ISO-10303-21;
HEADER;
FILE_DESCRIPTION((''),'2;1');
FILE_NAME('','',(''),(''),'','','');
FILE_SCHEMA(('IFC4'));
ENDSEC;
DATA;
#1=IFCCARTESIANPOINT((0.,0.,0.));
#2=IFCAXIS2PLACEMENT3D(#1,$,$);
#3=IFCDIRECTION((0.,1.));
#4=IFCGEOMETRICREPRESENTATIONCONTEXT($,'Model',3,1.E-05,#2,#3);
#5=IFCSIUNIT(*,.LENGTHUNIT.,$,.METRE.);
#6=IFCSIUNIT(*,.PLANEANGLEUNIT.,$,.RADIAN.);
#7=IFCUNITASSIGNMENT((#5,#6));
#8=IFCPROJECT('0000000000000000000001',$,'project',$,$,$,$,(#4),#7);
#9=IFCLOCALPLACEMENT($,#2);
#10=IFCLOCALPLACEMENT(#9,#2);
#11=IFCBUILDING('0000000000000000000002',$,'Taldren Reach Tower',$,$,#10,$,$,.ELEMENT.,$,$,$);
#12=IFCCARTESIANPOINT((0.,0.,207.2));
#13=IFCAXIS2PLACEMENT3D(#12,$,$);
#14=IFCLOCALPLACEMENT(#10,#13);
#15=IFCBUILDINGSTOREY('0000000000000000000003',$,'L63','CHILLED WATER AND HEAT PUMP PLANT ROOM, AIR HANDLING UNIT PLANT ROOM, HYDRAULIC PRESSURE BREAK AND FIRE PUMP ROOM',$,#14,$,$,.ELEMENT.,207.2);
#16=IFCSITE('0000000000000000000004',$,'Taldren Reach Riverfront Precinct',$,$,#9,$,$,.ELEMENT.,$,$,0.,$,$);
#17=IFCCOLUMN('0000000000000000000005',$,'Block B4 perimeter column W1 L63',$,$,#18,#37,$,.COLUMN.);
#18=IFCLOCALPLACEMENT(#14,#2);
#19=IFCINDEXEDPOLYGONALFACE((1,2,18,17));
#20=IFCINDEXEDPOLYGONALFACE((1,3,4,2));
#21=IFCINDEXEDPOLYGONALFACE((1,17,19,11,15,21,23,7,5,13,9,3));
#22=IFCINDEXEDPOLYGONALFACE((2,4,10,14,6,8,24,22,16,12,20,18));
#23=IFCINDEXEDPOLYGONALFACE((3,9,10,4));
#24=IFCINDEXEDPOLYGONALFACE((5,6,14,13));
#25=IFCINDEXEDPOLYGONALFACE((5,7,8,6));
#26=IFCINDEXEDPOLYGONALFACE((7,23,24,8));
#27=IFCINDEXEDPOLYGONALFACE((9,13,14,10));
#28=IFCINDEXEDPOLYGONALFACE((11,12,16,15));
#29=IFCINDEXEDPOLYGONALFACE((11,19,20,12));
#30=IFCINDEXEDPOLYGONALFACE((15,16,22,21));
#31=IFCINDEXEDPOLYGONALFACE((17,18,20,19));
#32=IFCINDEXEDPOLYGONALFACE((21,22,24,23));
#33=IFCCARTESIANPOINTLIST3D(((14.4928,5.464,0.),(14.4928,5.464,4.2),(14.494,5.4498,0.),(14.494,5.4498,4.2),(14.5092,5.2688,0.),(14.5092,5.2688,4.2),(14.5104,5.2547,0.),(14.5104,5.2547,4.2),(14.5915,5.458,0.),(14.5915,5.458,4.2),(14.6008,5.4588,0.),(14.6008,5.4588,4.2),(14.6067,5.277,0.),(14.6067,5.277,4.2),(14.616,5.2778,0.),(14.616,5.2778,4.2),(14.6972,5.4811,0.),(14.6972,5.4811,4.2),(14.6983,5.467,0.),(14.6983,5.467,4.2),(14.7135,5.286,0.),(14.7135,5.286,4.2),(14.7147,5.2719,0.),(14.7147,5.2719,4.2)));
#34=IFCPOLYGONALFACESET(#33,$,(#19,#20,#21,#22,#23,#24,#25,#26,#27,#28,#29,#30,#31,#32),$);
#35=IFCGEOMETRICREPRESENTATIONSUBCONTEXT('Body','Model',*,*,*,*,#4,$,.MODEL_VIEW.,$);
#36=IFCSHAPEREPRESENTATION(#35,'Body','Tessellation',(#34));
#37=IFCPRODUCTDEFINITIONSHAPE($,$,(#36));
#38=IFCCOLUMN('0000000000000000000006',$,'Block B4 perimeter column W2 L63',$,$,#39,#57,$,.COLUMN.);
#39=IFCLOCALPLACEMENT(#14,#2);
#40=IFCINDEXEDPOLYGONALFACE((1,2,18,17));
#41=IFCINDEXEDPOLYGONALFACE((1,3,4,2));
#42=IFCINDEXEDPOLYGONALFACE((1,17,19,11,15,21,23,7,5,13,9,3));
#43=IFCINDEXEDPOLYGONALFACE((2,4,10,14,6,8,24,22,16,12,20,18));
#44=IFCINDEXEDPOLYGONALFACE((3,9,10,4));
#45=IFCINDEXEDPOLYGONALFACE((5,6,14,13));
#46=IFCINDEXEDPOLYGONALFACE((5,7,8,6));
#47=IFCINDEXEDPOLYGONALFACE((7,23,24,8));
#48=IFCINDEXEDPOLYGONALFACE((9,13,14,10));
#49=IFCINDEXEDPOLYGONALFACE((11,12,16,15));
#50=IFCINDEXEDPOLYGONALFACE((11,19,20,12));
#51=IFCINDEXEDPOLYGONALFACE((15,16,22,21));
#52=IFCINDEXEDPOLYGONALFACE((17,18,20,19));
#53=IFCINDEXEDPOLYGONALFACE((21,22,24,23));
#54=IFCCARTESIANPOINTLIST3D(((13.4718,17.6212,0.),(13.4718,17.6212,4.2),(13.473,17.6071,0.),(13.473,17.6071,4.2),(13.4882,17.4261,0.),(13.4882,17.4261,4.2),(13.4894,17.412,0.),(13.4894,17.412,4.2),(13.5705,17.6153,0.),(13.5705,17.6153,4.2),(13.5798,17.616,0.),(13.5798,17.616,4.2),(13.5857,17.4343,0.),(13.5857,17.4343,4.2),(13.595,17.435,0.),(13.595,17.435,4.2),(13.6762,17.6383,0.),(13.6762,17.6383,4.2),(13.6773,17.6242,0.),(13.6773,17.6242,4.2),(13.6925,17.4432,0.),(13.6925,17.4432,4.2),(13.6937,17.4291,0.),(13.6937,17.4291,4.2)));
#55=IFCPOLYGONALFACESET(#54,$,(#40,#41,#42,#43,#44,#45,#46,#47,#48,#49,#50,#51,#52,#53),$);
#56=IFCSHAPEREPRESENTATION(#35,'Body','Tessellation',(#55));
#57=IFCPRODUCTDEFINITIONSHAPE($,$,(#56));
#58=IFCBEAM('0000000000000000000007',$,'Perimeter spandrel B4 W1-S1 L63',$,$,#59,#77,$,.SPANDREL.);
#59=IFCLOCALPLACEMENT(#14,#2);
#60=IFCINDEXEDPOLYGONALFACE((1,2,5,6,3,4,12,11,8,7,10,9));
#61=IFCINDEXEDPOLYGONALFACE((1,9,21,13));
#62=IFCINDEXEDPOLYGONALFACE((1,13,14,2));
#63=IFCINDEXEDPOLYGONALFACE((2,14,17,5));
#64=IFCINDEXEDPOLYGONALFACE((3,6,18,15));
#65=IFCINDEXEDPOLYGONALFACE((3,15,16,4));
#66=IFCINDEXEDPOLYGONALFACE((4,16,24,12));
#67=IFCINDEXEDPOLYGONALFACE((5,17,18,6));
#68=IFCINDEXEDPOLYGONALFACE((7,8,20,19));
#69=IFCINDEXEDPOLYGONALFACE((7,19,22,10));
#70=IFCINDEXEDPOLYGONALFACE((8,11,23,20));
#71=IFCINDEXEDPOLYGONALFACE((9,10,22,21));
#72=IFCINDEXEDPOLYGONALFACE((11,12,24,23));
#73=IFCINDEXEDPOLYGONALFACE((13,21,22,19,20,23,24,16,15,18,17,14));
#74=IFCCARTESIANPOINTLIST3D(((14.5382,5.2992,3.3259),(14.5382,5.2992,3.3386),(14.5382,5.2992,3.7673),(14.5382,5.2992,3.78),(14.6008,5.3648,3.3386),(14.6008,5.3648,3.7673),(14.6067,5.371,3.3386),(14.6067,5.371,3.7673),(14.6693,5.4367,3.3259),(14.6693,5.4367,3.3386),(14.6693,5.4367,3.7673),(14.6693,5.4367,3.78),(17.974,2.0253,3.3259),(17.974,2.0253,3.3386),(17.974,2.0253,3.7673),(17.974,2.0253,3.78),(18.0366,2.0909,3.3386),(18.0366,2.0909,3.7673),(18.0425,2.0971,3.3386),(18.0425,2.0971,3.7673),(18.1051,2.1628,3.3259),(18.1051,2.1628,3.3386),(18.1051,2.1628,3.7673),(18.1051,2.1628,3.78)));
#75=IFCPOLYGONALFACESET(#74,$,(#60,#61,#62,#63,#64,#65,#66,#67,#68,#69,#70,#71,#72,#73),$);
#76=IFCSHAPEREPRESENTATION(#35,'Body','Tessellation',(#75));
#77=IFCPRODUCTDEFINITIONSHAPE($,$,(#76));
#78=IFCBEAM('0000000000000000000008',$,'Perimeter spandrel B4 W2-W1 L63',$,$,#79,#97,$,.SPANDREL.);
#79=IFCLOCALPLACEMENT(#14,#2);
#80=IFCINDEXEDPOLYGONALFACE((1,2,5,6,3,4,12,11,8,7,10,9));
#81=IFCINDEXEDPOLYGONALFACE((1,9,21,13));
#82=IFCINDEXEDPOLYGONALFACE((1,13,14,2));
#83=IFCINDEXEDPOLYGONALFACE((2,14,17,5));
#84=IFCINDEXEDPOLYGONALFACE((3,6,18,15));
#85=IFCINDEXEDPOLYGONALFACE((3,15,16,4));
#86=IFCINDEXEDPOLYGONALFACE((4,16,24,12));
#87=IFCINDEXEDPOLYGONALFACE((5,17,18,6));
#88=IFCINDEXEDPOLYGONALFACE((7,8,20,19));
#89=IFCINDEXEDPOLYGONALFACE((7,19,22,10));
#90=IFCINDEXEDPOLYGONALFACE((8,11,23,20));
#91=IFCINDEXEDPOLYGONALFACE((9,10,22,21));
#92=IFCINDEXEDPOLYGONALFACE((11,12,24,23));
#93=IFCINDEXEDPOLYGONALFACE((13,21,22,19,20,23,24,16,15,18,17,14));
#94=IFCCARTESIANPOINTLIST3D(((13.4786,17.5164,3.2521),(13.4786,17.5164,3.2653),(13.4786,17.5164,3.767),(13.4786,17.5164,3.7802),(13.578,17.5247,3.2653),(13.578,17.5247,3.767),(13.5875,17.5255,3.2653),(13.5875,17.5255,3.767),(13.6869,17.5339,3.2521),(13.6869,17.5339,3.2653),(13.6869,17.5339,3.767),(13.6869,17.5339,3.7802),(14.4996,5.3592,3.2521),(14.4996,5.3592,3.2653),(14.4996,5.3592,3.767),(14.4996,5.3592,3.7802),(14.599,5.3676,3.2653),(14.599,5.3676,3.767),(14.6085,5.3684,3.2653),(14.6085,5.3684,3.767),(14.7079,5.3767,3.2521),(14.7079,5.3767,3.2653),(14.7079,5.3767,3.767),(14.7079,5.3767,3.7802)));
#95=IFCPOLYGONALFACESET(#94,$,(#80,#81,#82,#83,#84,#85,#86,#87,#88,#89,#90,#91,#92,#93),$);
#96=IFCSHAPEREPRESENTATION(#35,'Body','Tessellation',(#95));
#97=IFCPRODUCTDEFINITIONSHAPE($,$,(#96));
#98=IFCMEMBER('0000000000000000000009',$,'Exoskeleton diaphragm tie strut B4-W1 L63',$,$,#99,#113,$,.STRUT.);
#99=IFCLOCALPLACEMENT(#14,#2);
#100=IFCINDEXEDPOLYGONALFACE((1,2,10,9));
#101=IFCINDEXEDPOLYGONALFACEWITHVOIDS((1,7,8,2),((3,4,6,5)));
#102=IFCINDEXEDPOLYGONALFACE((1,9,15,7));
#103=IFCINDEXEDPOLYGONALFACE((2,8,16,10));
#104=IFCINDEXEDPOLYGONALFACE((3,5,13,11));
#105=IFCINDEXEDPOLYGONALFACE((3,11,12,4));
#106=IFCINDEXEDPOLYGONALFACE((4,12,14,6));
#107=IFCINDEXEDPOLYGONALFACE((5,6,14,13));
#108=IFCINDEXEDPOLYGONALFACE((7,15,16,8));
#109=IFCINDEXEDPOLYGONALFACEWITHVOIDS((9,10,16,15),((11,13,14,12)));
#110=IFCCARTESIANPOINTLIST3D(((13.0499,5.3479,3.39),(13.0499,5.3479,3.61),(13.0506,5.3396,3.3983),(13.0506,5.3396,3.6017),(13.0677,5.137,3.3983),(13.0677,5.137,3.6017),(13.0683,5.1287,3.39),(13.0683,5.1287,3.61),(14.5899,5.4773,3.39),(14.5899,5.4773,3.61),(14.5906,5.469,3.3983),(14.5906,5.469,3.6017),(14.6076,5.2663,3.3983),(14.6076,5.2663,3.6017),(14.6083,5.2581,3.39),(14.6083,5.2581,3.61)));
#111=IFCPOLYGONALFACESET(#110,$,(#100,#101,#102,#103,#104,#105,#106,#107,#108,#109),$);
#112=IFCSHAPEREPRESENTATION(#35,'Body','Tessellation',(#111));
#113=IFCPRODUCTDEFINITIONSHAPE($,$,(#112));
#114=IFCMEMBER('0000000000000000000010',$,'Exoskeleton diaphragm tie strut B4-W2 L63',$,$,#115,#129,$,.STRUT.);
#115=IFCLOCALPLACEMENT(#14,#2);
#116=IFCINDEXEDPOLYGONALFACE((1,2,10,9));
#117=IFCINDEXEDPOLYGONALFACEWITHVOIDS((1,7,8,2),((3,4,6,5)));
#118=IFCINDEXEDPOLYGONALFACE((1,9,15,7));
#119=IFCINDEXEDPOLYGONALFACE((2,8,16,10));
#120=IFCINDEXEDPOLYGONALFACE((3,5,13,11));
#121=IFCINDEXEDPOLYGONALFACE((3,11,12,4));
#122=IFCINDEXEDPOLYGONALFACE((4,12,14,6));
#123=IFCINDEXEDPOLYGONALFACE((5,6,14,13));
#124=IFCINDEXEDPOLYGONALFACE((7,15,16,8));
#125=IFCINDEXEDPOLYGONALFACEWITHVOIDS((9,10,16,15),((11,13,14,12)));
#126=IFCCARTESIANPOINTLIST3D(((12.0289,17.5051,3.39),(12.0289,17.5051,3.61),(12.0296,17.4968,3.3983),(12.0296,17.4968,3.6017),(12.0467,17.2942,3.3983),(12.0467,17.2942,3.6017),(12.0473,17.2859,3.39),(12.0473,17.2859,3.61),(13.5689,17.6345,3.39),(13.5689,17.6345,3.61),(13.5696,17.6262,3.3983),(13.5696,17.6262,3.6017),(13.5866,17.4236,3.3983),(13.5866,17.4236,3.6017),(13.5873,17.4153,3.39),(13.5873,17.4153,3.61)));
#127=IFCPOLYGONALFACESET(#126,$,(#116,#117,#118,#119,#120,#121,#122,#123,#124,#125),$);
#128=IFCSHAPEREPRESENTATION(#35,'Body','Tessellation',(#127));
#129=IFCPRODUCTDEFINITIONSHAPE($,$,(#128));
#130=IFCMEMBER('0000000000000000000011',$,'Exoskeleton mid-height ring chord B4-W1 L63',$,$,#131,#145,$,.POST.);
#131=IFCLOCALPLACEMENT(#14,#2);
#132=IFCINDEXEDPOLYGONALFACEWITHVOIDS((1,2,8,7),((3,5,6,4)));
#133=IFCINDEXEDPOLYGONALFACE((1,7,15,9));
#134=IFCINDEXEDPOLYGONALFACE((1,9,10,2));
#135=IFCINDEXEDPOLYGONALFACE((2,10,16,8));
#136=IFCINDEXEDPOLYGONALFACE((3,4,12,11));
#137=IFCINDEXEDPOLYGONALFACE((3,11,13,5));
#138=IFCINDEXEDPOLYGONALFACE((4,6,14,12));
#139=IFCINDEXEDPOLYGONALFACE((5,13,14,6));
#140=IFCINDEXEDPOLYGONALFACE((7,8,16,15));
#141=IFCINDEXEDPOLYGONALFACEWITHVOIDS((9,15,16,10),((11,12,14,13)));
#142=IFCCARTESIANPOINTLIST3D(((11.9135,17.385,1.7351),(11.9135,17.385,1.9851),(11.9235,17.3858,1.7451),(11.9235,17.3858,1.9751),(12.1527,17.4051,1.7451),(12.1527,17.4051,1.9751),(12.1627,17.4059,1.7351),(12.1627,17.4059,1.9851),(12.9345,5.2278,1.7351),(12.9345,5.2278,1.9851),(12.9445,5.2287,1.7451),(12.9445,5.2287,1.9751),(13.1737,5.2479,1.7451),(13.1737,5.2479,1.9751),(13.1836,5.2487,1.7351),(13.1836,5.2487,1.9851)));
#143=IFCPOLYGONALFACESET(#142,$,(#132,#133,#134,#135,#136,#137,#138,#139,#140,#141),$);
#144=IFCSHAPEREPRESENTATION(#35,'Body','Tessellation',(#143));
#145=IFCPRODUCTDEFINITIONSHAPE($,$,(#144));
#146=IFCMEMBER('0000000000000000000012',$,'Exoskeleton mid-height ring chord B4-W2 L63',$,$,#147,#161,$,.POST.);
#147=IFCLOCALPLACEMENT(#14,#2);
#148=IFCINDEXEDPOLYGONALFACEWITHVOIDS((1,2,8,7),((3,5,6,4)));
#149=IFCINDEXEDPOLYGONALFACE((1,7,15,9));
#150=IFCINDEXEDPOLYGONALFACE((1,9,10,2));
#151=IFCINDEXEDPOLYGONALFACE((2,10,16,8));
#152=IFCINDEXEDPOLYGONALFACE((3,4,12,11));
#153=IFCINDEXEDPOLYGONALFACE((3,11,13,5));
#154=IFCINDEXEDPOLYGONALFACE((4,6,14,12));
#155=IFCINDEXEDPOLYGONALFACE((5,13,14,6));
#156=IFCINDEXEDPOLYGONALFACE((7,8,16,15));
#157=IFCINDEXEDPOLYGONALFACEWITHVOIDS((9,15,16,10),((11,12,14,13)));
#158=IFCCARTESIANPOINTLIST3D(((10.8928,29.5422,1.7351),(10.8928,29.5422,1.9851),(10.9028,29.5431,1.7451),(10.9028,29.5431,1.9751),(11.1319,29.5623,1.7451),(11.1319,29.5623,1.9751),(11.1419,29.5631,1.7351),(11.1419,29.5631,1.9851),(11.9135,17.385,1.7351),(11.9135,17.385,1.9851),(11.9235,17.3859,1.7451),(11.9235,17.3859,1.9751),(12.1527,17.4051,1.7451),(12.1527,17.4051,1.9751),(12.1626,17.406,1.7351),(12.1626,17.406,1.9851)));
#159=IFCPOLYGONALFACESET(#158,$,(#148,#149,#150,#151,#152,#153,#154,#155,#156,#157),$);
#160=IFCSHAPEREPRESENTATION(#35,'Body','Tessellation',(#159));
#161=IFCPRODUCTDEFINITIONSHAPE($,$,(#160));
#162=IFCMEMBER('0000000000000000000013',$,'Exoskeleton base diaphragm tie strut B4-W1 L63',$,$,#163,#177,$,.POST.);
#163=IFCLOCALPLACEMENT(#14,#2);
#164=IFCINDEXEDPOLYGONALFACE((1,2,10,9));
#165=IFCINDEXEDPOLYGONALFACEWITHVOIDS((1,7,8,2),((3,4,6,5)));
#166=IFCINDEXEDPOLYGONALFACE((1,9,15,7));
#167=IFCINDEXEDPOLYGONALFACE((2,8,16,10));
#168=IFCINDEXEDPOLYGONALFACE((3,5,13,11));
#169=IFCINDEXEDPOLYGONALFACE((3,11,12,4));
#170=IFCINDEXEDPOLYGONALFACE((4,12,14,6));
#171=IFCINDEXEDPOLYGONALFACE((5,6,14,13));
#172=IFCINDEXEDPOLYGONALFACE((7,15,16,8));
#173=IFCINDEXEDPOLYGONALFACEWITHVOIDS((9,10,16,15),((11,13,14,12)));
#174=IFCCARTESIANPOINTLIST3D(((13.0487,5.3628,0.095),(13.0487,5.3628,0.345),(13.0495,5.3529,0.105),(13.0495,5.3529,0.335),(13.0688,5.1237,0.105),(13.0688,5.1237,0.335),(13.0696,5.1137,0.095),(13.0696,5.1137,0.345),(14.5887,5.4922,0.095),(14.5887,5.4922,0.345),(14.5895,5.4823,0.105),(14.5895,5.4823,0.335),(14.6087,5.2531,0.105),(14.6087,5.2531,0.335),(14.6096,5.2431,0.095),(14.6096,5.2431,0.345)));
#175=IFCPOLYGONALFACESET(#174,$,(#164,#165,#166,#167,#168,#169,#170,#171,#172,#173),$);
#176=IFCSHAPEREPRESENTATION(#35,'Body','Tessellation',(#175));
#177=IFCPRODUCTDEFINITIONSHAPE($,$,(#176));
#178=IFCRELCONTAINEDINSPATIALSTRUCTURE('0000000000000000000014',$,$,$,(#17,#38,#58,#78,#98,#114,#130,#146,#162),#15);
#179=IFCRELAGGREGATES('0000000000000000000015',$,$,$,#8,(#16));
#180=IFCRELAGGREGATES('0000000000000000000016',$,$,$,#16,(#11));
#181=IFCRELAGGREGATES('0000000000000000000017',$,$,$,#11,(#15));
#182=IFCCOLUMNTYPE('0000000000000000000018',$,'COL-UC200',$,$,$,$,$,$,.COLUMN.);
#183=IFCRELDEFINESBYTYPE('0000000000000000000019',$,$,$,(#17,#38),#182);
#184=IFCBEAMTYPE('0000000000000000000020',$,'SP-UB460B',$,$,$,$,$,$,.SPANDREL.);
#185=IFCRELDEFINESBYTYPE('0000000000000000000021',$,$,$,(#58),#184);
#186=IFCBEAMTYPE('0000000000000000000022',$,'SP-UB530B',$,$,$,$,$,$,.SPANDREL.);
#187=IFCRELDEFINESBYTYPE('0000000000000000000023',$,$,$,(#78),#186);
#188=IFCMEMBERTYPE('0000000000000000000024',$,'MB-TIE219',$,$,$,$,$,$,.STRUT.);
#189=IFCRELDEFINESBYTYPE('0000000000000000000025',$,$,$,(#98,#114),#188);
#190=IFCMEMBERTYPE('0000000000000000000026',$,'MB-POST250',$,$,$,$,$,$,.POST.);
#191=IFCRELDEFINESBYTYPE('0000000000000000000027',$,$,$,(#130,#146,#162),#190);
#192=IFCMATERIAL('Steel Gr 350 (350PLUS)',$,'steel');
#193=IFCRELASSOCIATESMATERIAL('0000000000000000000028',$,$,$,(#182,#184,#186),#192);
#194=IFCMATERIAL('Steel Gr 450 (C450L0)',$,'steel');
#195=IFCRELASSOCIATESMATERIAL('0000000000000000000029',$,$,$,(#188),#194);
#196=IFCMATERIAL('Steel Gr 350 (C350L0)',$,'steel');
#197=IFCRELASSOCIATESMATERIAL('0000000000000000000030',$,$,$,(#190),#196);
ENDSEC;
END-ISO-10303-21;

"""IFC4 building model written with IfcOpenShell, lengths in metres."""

from ifc_helpers import new_model, si_unit, direction, frame, origin, origin_2d, place, context, subcontext, project, spatial, hollow_rectangle, i_section, extrude, source, transform, mapped, material, material_profile, profile_set, type_object, element, save


model = new_model("IFC4")

# Units and contexts
model_context = context("Model", 3, precision=1e-05, world=origin(), true_north=direction((0.0, 1.0)))
body_context = subcontext(model_context, "Body", "Model", "MODEL_VIEW")
ifc_project = project(units=[si_unit("LENGTHUNIT", "METRE"), si_unit("PLANEANGLEUNIT", "RADIAN")], contexts=[model_context])

# Site, building, storey
site_placement = place(None, origin())
site = spatial("IfcSite", under=ifc_project, at=site_placement, Name="Taldren Reach Riverfront Precinct", CompositionType="ELEMENT", RefElevation=0.0)
building_placement = place(site_placement, origin())
building = spatial("IfcBuilding", under=site, at=building_placement, Name="Taldren Reach Tower", CompositionType="ELEMENT")
storey_placement = place(building_placement, frame((0.0, 0.0, 207.2)))
storey = spatial("IfcBuildingStorey", under=building, at=storey_placement, Name="L63", Description="CHILLED WATER AND HEAT PUMP PLANT ROOM, AIR HANDLING UNIT PLANT ROOM, HYDRAULIC PRESSURE BREAK AND FIRE PUMP ROOM", CompositionType="ELEMENT", Elevation=207.2)

# Columns
ifc_material_1 = material(Name="Steel Gr 350 (350PLUS)", Category="steel")
ifc_material_profile_1 = material_profile(ifc_material_1, i_section(OverallWidth=0.2051, OverallDepth=0.21, WebThickness=0.0093, FlangeThickness=0.0142, at=origin_2d()), Name="200UC59.5")
ifc_profile_set_1 = profile_set([ifc_material_profile_1], Name="Steel Gr 350 (350PLUS)")
column_type = type_object("IfcColumnType", Name="COL-UC200", PredefinedType="COLUMN", material=ifc_profile_set_1)
shared_shape_1 = source(origin(), body_context, "Body", "SweptSolid", [
    extrude(i_section(OverallWidth=0.2051, OverallDepth=0.21, WebThickness=0.0093, FlangeThickness=0.0142, at=origin_2d()), origin(), (0.0, 0.0, 1.0), 4.2),
])
for number, where, z_axis, x_axis, name in (
    (1, (14.6038, 5.3679, 0.0), (0.0, 0.0, 1.0), (0.996493, 0.083678, 0.0), "Block B4 perimeter column W1 L63"),
    (2, (13.5828, 17.5251, 0.0), (0.0, 0.0, 1.0), (0.996493, 0.083678, 0.0), "Block B4 perimeter column W2 L63"),
):
    element("IfcColumn", number, at=place(storey_placement, frame(where, z_axis=z_axis, x_axis=x_axis)), inside=storey, type_object=column_type, Name=name, PredefinedType="COLUMN", context=body_context, shape_type="MappedRepresentation", body=[
        mapped(shared_shape_1, transform((0.0, 0.0, 0.0), scale=1.0)),
    ])

# Beams
ifc_material_profile_2 = material_profile(ifc_material_1, i_section(OverallWidth=0.1899, OverallDepth=0.4541, WebThickness=0.0085, FlangeThickness=0.0127, at=origin_2d()), Name="460UB67.1")
ifc_profile_set_2 = profile_set([ifc_material_profile_2], Name="Steel Gr 350 (350PLUS)")
beam_type_1 = type_object("IfcBeamType", Name="SP-UB460B", PredefinedType="SPANDREL", material=ifc_profile_set_2)
shared_shape_2 = source(origin(), body_context, "Body", "SweptSolid", [
    extrude(i_section(OverallWidth=0.1899, OverallDepth=0.4541, WebThickness=0.0085, FlangeThickness=0.0127, at=origin_2d()), origin(), (0.0, 0.0, 1.0), 4.7458),
])
beam_1_placement = place(storey_placement, frame((14.6038, 5.3679, 3.553), z_axis=(0.723954, -0.689848, 0.0), x_axis=(0.689848, 0.723954, 0.0)))
element("IfcBeam", 3, at=beam_1_placement, inside=storey, type_object=beam_type_1, Name="Perimeter spandrel B4 W1-S1 L63", PredefinedType="SPANDREL", context=body_context, shape_type="MappedRepresentation", body=[
    mapped(shared_shape_2, transform((0.0, 0.0, 0.0), scale=1.0)),
])
ifc_material_profile_3 = material_profile(ifc_material_1, i_section(OverallWidth=0.209, OverallDepth=0.5281, WebThickness=0.0095, FlangeThickness=0.0132, at=origin_2d()), Name="530UB82.0")
ifc_profile_set_3 = profile_set([ifc_material_profile_3], Name="Steel Gr 350 (350PLUS)")
beam_type_2 = type_object("IfcBeamType", Name="SP-UB530B", PredefinedType="SPANDREL", material=ifc_profile_set_3)
shared_shape_3 = source(origin(), body_context, "Body", "SweptSolid", [
    extrude(i_section(OverallWidth=0.209, OverallDepth=0.5281, WebThickness=0.0095, FlangeThickness=0.0132, at=origin_2d()), origin(), (0.0, 0.0, 1.0), 12.2),
])
beam_2_placement = place(storey_placement, frame((13.5828, 17.5251, 3.5161), z_axis=(0.083688, -0.996492, 0.0), x_axis=(0.996492, 0.083688, 0.0)))
element("IfcBeam", 4, at=beam_2_placement, inside=storey, type_object=beam_type_2, Name="Perimeter spandrel B4 W2-W1 L63", PredefinedType="SPANDREL", context=body_context, shape_type="MappedRepresentation", body=[
    mapped(shared_shape_3, transform((0.0, 0.0, 0.0), scale=1.0)),
])

# Members
ifc_material_2 = material(Name="Steel Gr 450 (C450L0)", Category="steel")
ifc_material_profile_4 = material_profile(ifc_material_2, hollow_rectangle(XDim=0.22, YDim=0.22, WallThickness=0.0083, at=origin_2d()), Name="220x220x8.2SHS")
ifc_profile_set_4 = profile_set([ifc_material_profile_4], Name="Steel Gr 450 (C450L0)")
member_type_1 = type_object("IfcMemberType", Name="MB-TIE219", PredefinedType="STRUT", material=ifc_profile_set_4)
shared_shape_4 = source(origin(), body_context, "Body", "SweptSolid", [
    extrude(hollow_rectangle(XDim=0.22, YDim=0.22, WallThickness=0.0083, at=origin_2d()), origin(), (0.0, 0.0, 1.0), 1.5454),
])
for number, where, z_axis, x_axis, name in (
    (5, (14.5991, 5.3677, 3.5), (-0.996489, -0.083725, 0.0), (0.083725, -0.996489, 0.0), "Exoskeleton diaphragm tie strut B4-W1 L63"),
    (6, (13.5781, 17.5249, 3.5), (-0.996489, -0.083725, 0.0), (0.083725, -0.996489, 0.0), "Exoskeleton diaphragm tie strut B4-W2 L63"),
):
    element("IfcMember", number, at=place(storey_placement, frame(where, z_axis=z_axis, x_axis=x_axis)), inside=storey, type_object=member_type_1, Name=name, PredefinedType="STRUT", context=body_context, shape_type="MappedRepresentation", body=[
        mapped(shared_shape_4, transform((0.0, 0.0, 0.0), scale=1.0)),
    ])
ifc_material_3 = material(Name="Steel Gr 350 (C350L0)", Category="steel")
ifc_material_profile_5 = material_profile(ifc_material_3, hollow_rectangle(XDim=0.25, YDim=0.25, WallThickness=0.01, at=origin_2d()), Name="250x250x10.0SHS")
ifc_profile_set_5 = profile_set([ifc_material_profile_5], Name="Steel Gr 350 (C350L0)")
member_type_2 = type_object("IfcMemberType", Name="MB-POST250", PredefinedType="POST", material=ifc_profile_set_5)
shared_shape_5 = source(origin(), body_context, "Body", "SweptSolid", [
    extrude(hollow_rectangle(XDim=0.25, YDim=0.25, WallThickness=0.01, at=origin_2d()), origin(), (0.0, 0.0, 1.0), 12.2),
])
for number, where, z_axis, x_axis, name in (
    (7, (13.0591, 5.2383, 1.8601), (-0.083688, 0.996492, 0.0), (-0.996492, -0.083688, 0.0), "Exoskeleton mid-height ring chord B4-W1 L63"),
    (8, (12.0381, 17.3955, 1.8601), (-0.083668, 0.996494, 0.0), (-0.996494, -0.083668, 0.0), "Exoskeleton mid-height ring chord B4-W2 L63"),
):
    element("IfcMember", number, at=place(storey_placement, frame(where, z_axis=z_axis, x_axis=x_axis)), inside=storey, type_object=member_type_2, Name=name, PredefinedType="POST", context=body_context, shape_type="MappedRepresentation", body=[
        mapped(shared_shape_5, transform((0.0, 0.0, 0.0), scale=1.0)),
    ])
shared_shape_6 = source(origin(), body_context, "Body", "SweptSolid", [
    extrude(hollow_rectangle(XDim=0.25, YDim=0.25, WallThickness=0.01, at=origin_2d()), origin(), (0.0, 0.0, 1.0), 1.5454),
])
for number, where, z_axis, x_axis, name in (
    (9, (14.5991, 5.3677, 0.22), (-0.996489, -0.083725, 0.0), (0.083725, -0.996489, 0.0), "Exoskeleton base diaphragm tie strut B4-W1 L63"),
):
    element("IfcMember", number, at=place(storey_placement, frame(where, z_axis=z_axis, x_axis=x_axis)), inside=storey, type_object=member_type_2, Name=name, PredefinedType="POST", context=body_context, shape_type="MappedRepresentation", body=[
        mapped(shared_shape_6, transform((0.0, 0.0, 0.0), scale=1.0)),
    ])

save(model, "model.ifc")
